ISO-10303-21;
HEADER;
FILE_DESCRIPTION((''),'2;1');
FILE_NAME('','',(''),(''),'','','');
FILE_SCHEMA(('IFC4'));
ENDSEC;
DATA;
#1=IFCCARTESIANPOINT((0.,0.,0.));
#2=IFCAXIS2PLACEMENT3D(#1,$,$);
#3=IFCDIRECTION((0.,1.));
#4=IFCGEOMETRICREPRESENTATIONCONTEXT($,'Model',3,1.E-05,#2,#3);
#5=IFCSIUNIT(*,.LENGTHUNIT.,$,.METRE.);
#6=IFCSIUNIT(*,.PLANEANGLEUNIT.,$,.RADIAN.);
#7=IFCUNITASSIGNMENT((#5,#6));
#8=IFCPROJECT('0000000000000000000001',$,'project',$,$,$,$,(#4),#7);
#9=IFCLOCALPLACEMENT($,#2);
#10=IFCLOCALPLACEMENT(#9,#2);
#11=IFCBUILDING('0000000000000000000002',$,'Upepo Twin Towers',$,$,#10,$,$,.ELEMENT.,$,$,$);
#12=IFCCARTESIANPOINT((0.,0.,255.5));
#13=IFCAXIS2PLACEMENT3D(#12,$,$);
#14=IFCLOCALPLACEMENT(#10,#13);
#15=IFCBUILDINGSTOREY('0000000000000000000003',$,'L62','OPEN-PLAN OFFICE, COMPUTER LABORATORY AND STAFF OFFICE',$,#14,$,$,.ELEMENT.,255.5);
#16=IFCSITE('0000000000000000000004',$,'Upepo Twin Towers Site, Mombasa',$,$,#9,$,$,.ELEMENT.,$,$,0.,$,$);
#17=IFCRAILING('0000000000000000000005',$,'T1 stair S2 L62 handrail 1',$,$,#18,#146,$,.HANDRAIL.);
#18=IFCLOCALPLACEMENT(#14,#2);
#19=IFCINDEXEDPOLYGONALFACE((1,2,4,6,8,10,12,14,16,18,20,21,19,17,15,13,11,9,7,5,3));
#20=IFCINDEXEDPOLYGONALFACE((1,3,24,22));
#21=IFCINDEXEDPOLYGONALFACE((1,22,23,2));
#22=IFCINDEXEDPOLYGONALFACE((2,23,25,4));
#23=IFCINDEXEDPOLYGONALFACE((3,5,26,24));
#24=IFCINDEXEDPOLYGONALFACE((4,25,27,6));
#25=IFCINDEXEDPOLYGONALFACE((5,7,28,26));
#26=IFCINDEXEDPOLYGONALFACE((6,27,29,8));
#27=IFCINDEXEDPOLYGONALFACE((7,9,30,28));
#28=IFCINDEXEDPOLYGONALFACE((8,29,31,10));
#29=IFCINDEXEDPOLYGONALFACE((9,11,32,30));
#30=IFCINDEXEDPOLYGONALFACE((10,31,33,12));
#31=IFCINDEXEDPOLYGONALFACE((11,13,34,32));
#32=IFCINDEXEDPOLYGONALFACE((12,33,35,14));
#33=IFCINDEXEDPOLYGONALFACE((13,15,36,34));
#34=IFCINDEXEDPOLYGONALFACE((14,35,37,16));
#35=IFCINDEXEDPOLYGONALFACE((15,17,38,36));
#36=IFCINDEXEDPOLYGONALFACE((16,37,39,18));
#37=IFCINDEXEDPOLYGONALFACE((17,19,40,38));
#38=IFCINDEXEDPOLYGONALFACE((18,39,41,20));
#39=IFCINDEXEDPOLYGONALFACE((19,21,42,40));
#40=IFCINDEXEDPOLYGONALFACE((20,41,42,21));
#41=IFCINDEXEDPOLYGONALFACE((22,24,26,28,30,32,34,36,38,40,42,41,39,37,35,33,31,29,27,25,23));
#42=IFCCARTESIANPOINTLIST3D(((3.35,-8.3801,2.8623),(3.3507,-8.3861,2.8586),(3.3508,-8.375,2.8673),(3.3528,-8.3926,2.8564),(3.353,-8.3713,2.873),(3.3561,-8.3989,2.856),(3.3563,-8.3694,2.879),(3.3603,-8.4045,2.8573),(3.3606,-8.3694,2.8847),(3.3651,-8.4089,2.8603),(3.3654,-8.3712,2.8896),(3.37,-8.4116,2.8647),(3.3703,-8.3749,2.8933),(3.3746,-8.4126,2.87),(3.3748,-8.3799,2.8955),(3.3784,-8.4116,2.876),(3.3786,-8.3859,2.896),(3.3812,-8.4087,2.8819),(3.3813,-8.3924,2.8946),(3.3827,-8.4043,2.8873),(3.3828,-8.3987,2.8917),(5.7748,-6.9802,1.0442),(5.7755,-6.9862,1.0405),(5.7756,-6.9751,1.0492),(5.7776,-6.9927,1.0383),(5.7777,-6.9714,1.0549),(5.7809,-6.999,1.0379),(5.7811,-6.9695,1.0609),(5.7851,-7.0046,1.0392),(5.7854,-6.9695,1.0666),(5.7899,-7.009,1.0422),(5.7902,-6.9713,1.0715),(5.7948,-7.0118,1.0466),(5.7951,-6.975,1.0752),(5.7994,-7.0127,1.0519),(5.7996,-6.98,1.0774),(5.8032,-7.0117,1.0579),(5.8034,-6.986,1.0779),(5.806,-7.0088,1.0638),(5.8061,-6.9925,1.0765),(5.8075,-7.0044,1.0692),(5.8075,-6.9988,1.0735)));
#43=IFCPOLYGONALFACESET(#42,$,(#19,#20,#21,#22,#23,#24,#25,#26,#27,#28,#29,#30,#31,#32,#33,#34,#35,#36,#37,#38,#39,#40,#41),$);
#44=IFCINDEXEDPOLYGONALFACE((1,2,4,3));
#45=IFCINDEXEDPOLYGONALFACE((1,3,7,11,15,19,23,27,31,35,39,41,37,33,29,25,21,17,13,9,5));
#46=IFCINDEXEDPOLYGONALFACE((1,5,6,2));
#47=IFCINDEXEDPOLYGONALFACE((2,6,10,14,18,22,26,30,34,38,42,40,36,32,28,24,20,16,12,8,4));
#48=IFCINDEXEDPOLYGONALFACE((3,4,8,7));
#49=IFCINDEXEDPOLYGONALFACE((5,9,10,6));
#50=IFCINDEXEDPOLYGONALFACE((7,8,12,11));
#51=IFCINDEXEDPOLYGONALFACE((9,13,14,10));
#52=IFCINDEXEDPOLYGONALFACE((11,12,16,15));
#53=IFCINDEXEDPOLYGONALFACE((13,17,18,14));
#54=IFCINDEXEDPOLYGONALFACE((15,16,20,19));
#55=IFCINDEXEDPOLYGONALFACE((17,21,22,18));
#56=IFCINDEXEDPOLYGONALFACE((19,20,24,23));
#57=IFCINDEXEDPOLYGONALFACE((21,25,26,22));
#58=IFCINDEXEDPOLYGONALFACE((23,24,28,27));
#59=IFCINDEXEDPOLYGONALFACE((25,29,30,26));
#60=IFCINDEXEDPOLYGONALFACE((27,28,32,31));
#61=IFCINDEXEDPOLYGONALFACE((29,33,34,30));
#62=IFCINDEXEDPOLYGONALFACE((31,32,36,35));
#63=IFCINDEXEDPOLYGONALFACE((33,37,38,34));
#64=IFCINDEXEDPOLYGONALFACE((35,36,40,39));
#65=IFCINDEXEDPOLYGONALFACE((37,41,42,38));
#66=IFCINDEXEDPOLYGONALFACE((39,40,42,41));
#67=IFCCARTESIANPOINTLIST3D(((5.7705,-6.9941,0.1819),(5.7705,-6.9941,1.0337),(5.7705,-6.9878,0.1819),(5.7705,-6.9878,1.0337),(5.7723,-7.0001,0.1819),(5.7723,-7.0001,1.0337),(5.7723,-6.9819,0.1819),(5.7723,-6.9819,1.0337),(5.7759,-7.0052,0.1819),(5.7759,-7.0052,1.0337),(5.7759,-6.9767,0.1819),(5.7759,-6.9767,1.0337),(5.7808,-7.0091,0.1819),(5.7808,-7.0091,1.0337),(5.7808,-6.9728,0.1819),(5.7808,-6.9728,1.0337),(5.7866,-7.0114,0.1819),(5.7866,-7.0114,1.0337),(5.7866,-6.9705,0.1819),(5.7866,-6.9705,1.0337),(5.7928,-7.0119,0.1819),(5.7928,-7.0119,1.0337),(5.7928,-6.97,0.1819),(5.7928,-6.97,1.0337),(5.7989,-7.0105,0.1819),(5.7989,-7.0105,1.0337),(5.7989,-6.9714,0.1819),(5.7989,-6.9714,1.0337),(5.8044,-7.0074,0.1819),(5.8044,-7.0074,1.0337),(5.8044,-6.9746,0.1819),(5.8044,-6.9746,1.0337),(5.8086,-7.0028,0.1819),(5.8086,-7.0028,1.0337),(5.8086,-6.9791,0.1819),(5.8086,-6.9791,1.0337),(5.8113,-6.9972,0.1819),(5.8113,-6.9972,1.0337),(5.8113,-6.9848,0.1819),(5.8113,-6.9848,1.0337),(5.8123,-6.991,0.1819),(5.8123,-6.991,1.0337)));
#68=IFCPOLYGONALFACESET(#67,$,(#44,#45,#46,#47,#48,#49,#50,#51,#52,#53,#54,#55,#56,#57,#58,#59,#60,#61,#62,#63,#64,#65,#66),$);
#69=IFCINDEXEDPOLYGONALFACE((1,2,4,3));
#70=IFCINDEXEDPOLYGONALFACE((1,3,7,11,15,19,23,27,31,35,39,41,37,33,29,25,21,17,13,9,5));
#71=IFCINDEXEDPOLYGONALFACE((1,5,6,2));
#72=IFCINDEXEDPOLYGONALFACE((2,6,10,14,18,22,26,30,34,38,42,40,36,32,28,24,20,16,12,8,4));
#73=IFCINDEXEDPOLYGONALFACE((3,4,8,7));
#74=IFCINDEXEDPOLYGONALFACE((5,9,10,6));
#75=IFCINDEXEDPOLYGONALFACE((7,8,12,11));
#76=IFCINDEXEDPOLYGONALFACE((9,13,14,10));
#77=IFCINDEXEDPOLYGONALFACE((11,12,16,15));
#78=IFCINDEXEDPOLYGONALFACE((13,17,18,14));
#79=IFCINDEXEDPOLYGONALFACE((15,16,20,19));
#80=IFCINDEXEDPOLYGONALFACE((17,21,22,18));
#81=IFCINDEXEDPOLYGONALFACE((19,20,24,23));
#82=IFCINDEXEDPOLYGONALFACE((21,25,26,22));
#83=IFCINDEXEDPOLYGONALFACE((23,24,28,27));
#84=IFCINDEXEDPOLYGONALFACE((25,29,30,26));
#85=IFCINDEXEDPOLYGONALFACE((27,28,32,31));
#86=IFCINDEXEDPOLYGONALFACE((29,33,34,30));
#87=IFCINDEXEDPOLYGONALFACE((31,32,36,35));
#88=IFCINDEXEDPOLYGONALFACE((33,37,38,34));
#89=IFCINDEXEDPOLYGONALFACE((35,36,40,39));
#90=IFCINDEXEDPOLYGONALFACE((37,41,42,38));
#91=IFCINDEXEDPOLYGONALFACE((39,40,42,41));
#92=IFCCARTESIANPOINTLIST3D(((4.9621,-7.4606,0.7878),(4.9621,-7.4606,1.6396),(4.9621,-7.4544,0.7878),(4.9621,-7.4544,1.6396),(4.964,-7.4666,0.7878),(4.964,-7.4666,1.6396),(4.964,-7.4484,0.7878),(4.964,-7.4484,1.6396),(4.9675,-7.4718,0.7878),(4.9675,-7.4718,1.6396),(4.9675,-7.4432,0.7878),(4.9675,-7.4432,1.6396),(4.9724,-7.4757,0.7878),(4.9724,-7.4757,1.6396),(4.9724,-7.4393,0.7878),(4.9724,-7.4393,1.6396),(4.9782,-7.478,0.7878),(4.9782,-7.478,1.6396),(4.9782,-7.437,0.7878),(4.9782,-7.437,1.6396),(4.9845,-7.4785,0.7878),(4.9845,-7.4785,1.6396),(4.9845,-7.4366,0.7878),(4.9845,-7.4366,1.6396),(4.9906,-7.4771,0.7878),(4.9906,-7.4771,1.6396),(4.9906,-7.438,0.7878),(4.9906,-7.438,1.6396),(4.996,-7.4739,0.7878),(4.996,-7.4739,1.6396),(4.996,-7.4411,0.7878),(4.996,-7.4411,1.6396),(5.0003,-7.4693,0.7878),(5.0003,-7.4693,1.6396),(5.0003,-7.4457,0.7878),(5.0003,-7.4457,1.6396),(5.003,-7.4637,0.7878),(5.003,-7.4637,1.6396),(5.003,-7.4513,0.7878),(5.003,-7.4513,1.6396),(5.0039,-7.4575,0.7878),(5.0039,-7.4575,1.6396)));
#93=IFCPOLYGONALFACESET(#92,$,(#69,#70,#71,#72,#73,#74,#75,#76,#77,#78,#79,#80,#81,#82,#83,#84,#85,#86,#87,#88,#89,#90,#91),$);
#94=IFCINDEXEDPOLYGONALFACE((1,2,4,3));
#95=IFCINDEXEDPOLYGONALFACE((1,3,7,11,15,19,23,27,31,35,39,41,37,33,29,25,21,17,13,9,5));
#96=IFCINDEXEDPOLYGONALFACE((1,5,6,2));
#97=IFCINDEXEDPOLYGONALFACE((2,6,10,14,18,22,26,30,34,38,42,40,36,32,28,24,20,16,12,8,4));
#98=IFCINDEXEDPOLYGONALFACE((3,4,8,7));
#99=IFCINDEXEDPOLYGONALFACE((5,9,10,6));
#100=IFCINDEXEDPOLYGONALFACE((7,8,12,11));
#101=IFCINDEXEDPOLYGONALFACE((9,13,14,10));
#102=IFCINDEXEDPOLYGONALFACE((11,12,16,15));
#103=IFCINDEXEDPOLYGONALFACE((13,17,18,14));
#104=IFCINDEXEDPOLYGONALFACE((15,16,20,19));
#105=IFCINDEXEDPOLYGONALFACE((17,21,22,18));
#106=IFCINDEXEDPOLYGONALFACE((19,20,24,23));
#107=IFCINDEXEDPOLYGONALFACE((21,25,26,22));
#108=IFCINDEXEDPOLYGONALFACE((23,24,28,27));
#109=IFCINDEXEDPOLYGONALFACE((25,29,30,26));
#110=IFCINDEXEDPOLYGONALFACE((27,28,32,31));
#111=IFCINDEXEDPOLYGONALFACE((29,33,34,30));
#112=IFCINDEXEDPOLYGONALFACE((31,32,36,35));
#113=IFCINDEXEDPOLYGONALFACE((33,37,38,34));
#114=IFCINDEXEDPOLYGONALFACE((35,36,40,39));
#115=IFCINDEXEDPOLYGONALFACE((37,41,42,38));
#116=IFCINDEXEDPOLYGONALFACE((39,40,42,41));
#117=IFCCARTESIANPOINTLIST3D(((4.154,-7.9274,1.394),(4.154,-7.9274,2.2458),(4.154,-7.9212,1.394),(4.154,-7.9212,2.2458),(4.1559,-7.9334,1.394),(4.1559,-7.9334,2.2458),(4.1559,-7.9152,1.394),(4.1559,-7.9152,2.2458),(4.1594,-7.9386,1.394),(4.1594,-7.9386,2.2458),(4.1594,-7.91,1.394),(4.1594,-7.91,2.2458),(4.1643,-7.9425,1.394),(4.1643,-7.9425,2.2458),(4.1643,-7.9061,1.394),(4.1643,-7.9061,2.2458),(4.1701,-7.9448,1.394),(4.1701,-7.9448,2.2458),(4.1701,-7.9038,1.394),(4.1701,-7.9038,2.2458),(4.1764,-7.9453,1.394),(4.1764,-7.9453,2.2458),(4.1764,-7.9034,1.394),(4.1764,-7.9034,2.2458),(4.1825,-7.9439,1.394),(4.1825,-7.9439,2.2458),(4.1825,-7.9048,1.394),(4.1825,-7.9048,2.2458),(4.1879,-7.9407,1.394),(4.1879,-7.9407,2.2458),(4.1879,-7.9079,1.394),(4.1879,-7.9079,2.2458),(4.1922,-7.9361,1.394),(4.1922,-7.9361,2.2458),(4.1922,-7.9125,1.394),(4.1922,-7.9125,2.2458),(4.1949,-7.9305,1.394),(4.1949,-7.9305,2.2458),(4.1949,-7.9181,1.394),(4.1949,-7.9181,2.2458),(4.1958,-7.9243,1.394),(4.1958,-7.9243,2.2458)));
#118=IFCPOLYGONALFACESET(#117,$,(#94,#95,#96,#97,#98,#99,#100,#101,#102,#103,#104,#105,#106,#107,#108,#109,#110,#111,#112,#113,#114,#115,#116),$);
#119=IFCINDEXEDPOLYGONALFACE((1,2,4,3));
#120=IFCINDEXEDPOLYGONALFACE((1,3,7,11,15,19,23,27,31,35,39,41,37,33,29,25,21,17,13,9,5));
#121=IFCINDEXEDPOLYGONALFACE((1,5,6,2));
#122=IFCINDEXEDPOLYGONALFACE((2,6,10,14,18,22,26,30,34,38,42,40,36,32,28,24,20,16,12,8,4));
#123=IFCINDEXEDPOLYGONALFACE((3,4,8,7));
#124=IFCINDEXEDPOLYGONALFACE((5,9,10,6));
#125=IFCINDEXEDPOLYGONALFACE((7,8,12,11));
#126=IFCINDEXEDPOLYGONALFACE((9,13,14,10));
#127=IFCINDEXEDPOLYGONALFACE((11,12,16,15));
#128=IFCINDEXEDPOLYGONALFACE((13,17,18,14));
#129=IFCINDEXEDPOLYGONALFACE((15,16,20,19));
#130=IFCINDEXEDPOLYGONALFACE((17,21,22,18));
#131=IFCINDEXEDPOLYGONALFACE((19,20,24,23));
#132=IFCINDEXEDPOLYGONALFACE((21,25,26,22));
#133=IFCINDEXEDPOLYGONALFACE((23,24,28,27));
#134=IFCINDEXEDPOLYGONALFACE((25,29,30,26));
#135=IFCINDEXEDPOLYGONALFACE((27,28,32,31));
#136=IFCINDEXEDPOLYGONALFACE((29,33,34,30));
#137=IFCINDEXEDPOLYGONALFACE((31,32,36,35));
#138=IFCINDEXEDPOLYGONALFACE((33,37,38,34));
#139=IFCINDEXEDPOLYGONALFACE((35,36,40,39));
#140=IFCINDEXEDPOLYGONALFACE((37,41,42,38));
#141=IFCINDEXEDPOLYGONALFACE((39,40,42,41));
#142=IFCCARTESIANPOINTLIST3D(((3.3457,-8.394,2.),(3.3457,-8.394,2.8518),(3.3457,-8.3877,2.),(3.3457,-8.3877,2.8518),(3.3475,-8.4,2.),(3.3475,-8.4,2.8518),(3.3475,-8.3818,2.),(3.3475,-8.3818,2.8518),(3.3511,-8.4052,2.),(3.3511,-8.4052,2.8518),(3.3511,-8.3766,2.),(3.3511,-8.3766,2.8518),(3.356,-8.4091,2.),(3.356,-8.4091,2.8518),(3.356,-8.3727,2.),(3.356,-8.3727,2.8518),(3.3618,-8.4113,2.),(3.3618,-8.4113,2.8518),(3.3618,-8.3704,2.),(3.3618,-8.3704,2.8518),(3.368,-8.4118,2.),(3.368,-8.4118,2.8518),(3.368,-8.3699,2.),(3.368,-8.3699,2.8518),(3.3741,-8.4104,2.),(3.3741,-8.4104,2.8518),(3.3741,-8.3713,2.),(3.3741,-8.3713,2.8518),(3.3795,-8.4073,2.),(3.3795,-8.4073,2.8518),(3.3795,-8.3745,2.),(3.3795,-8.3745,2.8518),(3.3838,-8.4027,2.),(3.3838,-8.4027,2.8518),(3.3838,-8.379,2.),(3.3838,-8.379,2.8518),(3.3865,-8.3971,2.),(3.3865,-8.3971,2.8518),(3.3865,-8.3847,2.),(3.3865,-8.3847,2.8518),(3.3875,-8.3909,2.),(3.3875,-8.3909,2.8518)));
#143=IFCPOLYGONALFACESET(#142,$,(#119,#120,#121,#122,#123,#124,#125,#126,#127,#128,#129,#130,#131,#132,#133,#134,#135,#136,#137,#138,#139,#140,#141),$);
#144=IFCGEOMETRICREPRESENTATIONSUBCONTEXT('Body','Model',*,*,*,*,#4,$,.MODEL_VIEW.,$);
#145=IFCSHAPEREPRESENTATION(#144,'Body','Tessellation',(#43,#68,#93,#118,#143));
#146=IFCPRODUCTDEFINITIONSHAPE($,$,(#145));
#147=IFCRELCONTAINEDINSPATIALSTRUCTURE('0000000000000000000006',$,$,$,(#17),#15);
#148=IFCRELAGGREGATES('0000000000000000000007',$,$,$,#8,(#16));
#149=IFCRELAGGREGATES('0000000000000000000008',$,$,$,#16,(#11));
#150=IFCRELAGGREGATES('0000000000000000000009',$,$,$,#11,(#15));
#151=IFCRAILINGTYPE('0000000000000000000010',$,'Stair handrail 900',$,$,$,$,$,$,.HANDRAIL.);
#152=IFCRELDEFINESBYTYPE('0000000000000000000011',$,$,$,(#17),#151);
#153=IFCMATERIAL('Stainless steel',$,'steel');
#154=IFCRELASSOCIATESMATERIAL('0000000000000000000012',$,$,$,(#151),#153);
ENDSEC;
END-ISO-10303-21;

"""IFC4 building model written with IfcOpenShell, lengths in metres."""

from ifc_helpers import new_model, si_unit, direction, frame, origin, origin_2d, place, context, subcontext, project, spatial, circle, extrude, material, type_object, element, save


model = new_model("IFC4")

# Units and contexts
model_context = context("Model", 3, precision=1e-05, world=origin(), true_north=direction((0.0, 1.0)))
body_context = subcontext(model_context, "Body", "Model", "MODEL_VIEW")
ifc_project = project(units=[si_unit("LENGTHUNIT", "METRE"), si_unit("PLANEANGLEUNIT", "RADIAN")], contexts=[model_context])

# Site, building, storey
site_placement = place(None, origin())
site = spatial("IfcSite", under=ifc_project, at=site_placement, Name="Upepo Twin Towers Site, Mombasa", CompositionType="ELEMENT", RefElevation=0.0)
building_placement = place(site_placement, origin())
building = spatial("IfcBuilding", under=site, at=building_placement, Name="Upepo Twin Towers", CompositionType="ELEMENT")
storey_placement = place(building_placement, frame((0.0, 0.0, 255.5)))
storey = spatial("IfcBuildingStorey", under=building, at=storey_placement, Name="L62", Description="OPEN-PLAN OFFICE, COMPUTER LABORATORY AND STAFF OFFICE", CompositionType="ELEMENT", Elevation=255.5)

# Railing
ifc_material_1 = material(Name="Stainless steel", Category="steel")
railing_type = type_object("IfcRailingType", Name="Stair handrail 900", PredefinedType="HANDRAIL", material=ifc_material_1)
railing_1_placement = place(storey_placement, frame((5.7913, -6.991, 0.1819)))
element("IfcRailing", 1, at=railing_1_placement, inside=storey, type_object=railing_type, Name="T1 stair S2 L62 handrail 1", PredefinedType="HANDRAIL", context=body_context, shape_type="SweptSolid", body=[
    extrude(circle(Radius=0.0239, at=origin_2d()), frame((0.0, 0.0, 0.876), z_axis=(-0.726336, -0.419333, 0.544606), x_axis=(0.499984, -0.866035, 0.0)), (0.0, 0.0, 1.0), 3.3384),
    extrude(circle(Radius=0.021, at=origin_2d()), origin(), (0.0, 0.0, 1.0), 0.8518),
    extrude(circle(Radius=0.021, at=origin_2d()), frame((-0.8083, -0.4666, 0.606)), (0.0, 0.0, 1.0), 0.8518),
    extrude(circle(Radius=0.021, at=origin_2d()), frame((-1.6165, -0.9333, 1.2122)), (0.0, 0.0, 1.0), 0.8518),
    extrude(circle(Radius=0.021, at=origin_2d()), frame((-2.4248, -1.3999, 1.8181)), (0.0, 0.0, 1.0), 0.8518),
])

save(model, "model.ifc")
